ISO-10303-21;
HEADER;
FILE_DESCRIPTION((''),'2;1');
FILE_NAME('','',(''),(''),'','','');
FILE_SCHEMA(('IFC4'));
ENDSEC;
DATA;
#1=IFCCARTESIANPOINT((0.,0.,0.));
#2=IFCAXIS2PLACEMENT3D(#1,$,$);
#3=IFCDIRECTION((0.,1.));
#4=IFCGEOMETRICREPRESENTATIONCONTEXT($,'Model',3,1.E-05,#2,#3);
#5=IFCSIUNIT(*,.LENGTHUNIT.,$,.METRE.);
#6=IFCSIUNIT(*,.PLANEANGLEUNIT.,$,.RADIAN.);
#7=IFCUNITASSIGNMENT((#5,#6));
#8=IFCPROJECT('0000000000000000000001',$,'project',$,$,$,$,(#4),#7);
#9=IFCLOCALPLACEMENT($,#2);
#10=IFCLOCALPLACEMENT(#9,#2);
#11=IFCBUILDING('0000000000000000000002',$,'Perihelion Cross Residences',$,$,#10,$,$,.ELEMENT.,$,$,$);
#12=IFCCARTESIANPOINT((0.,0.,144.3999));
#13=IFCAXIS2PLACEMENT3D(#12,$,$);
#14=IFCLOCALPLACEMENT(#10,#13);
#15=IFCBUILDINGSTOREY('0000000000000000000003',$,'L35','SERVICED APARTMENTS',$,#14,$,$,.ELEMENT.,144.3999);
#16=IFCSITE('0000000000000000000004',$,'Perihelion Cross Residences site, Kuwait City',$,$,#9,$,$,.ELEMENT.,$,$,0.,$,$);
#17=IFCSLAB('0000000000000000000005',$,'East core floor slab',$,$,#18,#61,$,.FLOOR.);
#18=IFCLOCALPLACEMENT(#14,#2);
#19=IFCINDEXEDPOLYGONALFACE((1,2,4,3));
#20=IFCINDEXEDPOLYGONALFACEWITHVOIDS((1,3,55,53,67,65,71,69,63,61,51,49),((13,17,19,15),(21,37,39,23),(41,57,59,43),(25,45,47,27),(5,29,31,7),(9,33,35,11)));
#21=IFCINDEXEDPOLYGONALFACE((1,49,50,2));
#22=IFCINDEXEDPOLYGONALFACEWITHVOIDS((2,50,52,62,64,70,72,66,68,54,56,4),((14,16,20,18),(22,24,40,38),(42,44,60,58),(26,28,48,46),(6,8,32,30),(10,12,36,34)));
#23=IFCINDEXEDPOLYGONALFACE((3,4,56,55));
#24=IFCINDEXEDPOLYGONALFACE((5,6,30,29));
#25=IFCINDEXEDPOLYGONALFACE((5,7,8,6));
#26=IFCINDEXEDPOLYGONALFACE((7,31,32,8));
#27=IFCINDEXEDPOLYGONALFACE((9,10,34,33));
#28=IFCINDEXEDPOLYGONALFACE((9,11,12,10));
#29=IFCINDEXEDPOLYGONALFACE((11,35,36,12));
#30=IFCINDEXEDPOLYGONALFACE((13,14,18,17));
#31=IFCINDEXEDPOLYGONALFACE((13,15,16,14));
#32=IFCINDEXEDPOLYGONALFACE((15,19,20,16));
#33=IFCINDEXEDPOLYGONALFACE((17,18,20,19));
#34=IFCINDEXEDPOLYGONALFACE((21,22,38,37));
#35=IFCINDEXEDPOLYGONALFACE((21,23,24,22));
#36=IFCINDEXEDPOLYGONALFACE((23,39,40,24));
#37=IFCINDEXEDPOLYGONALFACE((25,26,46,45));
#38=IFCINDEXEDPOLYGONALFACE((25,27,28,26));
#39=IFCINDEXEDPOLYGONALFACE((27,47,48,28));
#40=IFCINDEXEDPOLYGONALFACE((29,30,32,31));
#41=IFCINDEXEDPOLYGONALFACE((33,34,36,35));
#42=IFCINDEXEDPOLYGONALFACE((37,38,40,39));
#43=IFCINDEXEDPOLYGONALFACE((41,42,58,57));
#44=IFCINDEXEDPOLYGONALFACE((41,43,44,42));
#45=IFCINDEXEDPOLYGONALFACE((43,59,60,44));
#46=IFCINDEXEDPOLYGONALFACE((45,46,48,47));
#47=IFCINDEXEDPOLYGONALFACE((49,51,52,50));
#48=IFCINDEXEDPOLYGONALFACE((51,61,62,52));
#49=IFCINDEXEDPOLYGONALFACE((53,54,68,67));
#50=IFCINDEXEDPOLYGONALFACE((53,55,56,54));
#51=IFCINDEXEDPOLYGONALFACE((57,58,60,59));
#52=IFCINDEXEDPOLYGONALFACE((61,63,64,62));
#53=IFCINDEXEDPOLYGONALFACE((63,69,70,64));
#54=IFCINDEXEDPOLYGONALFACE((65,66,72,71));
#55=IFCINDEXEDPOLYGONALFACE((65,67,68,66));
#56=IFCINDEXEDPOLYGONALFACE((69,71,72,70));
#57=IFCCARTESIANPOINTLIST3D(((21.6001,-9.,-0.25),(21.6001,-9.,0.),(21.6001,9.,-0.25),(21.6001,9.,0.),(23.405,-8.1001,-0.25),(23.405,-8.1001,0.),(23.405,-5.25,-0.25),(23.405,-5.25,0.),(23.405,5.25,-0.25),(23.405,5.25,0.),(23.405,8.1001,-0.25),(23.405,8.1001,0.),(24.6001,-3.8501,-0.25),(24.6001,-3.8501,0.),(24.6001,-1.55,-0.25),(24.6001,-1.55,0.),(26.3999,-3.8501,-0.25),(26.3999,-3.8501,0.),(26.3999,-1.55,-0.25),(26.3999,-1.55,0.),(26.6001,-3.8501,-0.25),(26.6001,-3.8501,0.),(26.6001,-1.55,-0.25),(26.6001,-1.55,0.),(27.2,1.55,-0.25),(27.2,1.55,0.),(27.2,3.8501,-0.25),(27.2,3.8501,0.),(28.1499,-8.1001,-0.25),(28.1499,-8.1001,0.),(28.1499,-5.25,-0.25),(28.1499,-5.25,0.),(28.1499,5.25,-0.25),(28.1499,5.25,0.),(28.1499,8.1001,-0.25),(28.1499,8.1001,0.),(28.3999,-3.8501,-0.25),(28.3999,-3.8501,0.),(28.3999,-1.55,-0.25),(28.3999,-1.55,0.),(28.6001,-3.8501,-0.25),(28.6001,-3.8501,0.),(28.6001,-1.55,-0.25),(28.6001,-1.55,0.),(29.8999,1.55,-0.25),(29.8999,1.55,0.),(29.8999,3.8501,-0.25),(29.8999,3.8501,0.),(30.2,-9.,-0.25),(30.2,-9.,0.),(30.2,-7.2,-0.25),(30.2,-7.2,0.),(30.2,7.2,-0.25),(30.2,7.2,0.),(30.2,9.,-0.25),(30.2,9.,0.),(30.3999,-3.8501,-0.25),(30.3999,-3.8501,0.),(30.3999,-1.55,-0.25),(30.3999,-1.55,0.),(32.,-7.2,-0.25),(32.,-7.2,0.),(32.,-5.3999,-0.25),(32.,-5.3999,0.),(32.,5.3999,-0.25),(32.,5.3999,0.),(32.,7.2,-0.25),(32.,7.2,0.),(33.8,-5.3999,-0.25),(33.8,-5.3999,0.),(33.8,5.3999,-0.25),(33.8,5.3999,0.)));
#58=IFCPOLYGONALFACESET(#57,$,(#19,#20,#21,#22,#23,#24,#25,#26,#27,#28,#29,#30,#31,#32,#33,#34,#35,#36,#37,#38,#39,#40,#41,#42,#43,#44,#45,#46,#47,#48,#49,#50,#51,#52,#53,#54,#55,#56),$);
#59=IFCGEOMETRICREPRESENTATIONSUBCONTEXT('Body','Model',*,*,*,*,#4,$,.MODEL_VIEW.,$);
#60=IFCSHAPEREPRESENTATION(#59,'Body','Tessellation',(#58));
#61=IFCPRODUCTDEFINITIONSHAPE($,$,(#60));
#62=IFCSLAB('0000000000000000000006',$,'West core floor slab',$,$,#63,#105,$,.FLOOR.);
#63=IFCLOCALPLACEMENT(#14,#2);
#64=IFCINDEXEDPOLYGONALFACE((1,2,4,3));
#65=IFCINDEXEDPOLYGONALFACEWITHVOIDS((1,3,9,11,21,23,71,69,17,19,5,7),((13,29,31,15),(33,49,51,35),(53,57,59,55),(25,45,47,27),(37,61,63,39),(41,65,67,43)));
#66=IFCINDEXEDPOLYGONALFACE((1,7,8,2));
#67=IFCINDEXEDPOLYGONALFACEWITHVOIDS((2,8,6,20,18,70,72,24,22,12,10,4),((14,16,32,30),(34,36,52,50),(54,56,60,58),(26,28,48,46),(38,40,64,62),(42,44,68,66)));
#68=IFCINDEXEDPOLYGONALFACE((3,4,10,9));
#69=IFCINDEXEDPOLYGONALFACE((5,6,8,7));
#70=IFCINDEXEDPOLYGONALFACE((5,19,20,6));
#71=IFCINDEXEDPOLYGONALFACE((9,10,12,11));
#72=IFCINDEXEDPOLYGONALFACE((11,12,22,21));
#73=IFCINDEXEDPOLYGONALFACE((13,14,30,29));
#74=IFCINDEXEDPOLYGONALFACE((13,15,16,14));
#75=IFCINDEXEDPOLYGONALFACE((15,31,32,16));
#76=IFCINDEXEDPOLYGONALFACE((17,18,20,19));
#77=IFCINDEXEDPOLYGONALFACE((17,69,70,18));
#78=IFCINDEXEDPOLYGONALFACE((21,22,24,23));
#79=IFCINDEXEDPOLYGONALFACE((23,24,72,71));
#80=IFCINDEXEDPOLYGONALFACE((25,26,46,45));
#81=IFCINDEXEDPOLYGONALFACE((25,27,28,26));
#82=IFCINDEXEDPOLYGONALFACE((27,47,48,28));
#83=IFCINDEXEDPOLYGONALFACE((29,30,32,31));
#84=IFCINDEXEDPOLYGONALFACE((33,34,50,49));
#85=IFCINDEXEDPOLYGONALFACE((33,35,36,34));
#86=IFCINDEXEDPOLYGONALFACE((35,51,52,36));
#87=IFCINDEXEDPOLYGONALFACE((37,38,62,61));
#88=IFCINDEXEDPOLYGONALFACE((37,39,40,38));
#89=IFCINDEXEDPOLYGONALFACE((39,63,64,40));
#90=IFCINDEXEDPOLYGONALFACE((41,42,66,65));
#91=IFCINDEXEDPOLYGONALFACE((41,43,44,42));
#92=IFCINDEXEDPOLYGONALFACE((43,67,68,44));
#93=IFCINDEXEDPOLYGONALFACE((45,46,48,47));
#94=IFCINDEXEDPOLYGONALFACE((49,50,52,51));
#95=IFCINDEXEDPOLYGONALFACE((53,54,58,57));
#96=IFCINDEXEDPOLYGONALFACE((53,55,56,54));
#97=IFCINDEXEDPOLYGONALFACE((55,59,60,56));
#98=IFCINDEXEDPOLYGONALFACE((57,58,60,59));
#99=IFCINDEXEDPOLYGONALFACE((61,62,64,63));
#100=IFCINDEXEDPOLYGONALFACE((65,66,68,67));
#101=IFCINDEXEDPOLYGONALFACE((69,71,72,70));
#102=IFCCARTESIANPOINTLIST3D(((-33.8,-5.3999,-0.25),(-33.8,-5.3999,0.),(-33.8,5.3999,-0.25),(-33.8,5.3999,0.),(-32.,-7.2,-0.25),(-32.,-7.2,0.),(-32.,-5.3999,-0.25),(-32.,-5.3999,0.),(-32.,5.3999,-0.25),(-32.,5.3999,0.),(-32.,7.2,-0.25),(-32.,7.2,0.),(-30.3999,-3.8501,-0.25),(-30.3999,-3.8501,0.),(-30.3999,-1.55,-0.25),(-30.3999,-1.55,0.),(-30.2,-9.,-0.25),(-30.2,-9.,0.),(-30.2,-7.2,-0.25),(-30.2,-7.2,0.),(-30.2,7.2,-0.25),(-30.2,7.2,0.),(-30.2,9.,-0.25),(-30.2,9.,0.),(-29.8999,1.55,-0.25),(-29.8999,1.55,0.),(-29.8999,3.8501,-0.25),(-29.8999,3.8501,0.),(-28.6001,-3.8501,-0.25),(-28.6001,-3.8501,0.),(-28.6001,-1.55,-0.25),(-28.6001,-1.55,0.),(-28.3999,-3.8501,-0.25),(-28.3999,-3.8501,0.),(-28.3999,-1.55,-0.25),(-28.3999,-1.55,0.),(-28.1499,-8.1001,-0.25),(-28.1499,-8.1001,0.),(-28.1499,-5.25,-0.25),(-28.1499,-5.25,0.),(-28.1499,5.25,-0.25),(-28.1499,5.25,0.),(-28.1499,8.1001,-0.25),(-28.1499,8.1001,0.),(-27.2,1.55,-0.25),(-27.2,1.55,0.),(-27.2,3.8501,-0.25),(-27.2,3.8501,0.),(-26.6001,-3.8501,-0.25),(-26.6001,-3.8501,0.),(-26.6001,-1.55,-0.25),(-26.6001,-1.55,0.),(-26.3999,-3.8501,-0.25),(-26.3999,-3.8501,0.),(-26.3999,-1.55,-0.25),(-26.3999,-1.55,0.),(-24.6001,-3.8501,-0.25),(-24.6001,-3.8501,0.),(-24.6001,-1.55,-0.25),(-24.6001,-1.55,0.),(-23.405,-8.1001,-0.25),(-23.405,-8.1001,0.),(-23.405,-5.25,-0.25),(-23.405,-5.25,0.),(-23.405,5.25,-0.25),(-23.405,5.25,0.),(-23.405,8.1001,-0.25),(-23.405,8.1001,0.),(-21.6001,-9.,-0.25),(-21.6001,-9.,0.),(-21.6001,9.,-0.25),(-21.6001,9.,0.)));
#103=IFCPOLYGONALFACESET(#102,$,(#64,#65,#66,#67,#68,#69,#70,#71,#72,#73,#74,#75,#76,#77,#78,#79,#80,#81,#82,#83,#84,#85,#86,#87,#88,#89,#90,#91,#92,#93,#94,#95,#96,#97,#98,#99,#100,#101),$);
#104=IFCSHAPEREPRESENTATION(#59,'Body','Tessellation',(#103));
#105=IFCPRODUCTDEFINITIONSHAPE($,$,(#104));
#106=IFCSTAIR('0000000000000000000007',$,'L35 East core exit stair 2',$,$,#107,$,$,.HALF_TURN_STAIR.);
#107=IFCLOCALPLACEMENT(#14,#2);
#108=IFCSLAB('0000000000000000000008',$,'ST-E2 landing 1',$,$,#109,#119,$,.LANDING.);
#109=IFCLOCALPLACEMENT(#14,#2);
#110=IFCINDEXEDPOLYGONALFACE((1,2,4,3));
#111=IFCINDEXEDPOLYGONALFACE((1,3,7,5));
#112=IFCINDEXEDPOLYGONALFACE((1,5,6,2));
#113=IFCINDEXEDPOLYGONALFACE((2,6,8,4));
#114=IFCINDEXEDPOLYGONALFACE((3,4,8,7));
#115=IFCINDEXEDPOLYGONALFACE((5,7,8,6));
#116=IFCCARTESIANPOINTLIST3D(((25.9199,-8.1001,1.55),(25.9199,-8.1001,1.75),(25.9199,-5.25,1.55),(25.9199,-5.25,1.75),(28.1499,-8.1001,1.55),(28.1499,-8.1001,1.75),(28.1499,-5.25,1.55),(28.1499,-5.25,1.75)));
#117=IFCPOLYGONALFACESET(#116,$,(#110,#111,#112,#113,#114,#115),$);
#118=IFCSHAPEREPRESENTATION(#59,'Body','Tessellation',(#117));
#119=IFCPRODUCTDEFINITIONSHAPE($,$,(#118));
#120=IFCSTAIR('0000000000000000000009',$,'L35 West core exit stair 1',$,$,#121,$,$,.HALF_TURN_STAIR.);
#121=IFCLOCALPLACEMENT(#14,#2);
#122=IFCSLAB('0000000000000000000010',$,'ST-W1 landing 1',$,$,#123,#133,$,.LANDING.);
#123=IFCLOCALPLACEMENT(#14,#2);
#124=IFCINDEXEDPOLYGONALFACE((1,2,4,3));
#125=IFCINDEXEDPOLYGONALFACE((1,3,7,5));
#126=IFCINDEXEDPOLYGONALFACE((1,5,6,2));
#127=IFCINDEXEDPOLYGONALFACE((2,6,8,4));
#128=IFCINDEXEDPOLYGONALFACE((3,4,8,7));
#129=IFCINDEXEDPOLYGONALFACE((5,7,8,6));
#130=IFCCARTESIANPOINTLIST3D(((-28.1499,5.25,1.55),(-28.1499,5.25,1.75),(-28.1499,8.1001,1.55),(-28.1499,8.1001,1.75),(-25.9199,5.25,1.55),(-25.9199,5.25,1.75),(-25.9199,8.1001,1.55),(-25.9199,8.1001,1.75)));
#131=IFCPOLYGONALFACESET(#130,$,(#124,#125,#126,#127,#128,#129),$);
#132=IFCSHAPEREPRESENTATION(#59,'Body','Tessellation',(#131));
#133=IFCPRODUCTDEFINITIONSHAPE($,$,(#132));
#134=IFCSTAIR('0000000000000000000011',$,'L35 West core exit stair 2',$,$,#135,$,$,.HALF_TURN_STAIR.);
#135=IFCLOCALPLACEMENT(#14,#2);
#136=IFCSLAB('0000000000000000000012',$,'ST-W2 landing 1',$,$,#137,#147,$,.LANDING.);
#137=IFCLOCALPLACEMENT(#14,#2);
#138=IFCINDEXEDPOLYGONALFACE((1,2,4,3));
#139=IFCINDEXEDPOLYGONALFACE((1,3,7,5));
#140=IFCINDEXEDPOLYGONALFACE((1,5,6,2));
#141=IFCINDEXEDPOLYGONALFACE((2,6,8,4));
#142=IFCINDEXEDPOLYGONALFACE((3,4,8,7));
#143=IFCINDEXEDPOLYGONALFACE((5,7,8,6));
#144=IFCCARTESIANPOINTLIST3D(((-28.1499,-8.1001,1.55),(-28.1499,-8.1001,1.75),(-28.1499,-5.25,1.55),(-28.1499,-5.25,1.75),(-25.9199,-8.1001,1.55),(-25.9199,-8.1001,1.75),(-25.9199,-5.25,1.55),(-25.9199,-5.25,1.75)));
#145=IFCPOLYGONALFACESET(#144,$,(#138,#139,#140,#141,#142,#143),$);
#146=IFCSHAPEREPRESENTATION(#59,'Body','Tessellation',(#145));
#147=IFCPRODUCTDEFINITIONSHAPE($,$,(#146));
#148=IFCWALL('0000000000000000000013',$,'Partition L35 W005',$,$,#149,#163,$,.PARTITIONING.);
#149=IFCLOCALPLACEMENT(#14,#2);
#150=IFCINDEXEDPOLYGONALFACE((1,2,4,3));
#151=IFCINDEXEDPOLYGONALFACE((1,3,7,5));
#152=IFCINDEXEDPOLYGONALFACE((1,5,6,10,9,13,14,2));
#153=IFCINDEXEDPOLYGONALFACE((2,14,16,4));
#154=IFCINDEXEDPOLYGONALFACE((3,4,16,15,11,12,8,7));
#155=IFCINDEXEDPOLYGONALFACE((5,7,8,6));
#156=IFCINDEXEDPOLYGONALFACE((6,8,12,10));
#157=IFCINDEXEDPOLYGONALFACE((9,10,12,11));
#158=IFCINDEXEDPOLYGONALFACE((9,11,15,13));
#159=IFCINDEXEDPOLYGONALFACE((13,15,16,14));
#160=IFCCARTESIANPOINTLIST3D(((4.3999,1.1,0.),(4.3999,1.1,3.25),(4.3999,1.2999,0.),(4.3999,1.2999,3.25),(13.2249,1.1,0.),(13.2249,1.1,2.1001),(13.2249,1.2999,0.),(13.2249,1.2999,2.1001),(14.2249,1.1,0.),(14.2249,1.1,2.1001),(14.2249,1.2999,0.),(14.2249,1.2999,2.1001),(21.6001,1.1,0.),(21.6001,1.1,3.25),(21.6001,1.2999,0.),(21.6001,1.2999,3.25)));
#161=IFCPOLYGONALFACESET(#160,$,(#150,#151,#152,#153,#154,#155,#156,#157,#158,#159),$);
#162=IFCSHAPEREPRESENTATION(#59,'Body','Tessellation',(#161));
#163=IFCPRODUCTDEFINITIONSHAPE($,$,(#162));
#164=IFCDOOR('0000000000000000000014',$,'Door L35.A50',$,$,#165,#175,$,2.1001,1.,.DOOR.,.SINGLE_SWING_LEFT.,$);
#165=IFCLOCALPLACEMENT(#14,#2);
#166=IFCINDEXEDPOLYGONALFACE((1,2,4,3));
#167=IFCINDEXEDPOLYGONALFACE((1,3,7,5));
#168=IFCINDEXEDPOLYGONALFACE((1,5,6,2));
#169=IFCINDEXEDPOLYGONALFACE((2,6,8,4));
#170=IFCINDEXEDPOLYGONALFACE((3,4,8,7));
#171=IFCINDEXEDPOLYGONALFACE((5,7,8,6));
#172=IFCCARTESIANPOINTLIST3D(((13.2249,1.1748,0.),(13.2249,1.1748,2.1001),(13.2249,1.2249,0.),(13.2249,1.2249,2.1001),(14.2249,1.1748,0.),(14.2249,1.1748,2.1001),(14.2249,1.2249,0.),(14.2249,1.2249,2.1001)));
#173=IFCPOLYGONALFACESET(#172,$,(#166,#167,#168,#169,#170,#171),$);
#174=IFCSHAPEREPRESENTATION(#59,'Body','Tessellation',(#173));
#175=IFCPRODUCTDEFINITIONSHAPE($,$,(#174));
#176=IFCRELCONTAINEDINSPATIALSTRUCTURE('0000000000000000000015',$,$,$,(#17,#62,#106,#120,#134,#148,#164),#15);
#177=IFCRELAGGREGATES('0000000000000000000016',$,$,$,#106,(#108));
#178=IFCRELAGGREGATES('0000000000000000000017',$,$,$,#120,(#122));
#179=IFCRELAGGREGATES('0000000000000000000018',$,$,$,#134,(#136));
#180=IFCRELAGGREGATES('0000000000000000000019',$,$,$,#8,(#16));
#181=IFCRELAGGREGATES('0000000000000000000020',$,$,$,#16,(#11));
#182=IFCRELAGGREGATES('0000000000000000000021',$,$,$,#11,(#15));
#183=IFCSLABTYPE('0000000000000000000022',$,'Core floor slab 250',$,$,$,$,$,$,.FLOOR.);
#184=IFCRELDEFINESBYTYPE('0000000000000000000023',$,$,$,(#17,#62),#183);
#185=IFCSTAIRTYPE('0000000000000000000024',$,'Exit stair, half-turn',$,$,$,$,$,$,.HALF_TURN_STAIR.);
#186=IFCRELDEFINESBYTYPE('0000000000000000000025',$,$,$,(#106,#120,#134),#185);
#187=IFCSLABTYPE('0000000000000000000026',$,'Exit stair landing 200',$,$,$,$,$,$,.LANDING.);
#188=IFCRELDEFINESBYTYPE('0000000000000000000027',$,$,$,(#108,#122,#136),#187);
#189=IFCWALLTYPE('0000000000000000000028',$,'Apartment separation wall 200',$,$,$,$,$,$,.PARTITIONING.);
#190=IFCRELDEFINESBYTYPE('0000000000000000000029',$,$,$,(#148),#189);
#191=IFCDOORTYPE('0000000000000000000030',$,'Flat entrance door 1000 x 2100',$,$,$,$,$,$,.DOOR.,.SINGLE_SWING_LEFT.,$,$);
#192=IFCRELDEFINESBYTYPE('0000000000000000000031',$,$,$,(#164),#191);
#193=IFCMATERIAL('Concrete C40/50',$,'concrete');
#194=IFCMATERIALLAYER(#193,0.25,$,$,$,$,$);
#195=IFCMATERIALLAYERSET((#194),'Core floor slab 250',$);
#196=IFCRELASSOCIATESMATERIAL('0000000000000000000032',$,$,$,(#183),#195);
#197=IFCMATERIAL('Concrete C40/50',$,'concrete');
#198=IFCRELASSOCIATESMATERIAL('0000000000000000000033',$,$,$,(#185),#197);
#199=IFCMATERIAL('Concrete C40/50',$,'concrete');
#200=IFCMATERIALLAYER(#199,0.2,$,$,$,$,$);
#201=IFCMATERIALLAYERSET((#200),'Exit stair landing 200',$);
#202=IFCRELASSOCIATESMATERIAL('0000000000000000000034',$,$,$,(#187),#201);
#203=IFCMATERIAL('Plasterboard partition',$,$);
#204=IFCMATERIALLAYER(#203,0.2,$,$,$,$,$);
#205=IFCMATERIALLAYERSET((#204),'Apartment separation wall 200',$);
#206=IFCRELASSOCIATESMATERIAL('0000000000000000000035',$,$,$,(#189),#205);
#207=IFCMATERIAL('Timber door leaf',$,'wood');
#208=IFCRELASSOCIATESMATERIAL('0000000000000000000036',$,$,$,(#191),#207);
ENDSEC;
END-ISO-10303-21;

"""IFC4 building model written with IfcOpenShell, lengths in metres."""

from ifc_helpers import new_model, si_unit, direction, frame, frame_2d, origin, place, context, subcontext, project, spatial, polyline, rectangle, outline, extrude, material, layer, layer_set, type_object, element, fill, aggregate, save


model = new_model("IFC4")

# Units and contexts
model_context = context("Model", 3, precision=1e-05, world=origin(), true_north=direction((0.0, 1.0)))
body_context = subcontext(model_context, "Body", "Model", "MODEL_VIEW")
ifc_project = project(units=[si_unit("LENGTHUNIT", "METRE"), si_unit("PLANEANGLEUNIT", "RADIAN")], contexts=[model_context])

# Site, building, storey
site_placement = place(None, origin())
site = spatial("IfcSite", under=ifc_project, at=site_placement, Name="Perihelion Cross Residences site, Kuwait City", CompositionType="ELEMENT", RefElevation=0.0)
building_placement = place(site_placement, origin())
building = spatial("IfcBuilding", under=site, at=building_placement, Name="Perihelion Cross Residences", CompositionType="ELEMENT")
storey_placement = place(building_placement, frame((0.0, 0.0, 144.3999)))
storey = spatial("IfcBuildingStorey", under=building, at=storey_placement, Name="L35", Description="SERVICED APARTMENTS", CompositionType="ELEMENT", Elevation=144.3999)

# Slabs
ifc_material_1 = material(Name="Concrete C40/50", Category="concrete")
ifc_layer_1 = layer(ifc_material_1, 0.25)
ifc_layer_set_1 = layer_set([ifc_layer_1], Name="Core floor slab 250")
slab_type_1 = type_object("IfcSlabType", Name="Core floor slab 250", PredefinedType="FLOOR", material=ifc_layer_set_1)
slab_1_placement = place(storey_placement, frame((0.0, 0.0, -0.25)))
element("IfcSlab", 1, at=slab_1_placement, inside=storey, type_object=slab_type_1, Name="East core floor slab", PredefinedType="FLOOR", context=body_context, shape_type="SweptSolid", body=[
    extrude(outline(polyline([(30.2, 7.2), (32.0, 7.2), (32.0, 5.3999), (33.8, 5.3999), (33.8, -5.3999), (32.0, -5.3999), (32.0, -7.2), (30.2, -7.2), (30.2, -9.0), (21.6001, -9.0), (21.6001, 9.0), (30.2, 9.0), (30.2, 7.2)]), holes=[polyline([(28.1499, -8.1001), (28.1499, -5.25), (23.405, -5.25), (23.405, -8.1001), (28.1499, -8.1001)]), polyline([(24.6001, -1.55), (24.6001, -3.8501), (26.3999, -3.8501), (26.3999, -1.55), (24.6001, -1.55)]), polyline([(26.6001, -1.55), (26.6001, -3.8501), (28.3999, -3.8501), (28.3999, -1.55), (26.6001, -1.55)]), polyline([(28.6001, -3.8501), (30.3999, -3.8501), (30.3999, -1.55), (28.6001, -1.55), (28.6001, -3.8501)]), polyline([(27.2, 3.8501), (27.2, 1.55), (29.8999, 1.55), (29.8999, 3.8501), (27.2, 3.8501)]), polyline([(23.405, 5.25), (28.1499, 5.25), (28.1499, 8.1001), (23.405, 8.1001), (23.405, 5.25)])]), origin(), (0.0, 0.0, 1.0), 0.25),
])
slab_2_placement = place(storey_placement, frame((0.0, 0.0, -0.25)))
element("IfcSlab", 2, at=slab_2_placement, inside=storey, type_object=slab_type_1, Name="West core floor slab", PredefinedType="FLOOR", context=body_context, shape_type="SweptSolid", body=[
    extrude(outline(polyline([(-30.2, 7.2), (-32.0, 7.2), (-32.0, 5.3999), (-33.8, 5.3999), (-33.8, -5.3999), (-32.0, -5.3999), (-32.0, -7.2), (-30.2, -7.2), (-30.2, -9.0), (-21.6001, -9.0), (-21.6001, 9.0), (-30.2, 9.0), (-30.2, 7.2)]), holes=[polyline([(-28.1499, -8.1001), (-28.1499, -5.25), (-23.405, -5.25), (-23.405, -8.1001), (-28.1499, -8.1001)]), polyline([(-24.6001, -1.55), (-24.6001, -3.8501), (-26.3999, -3.8501), (-26.3999, -1.55), (-24.6001, -1.55)]), polyline([(-26.6001, -1.55), (-26.6001, -3.8501), (-28.3999, -3.8501), (-28.3999, -1.55), (-26.6001, -1.55)]), polyline([(-28.6001, -3.8501), (-30.3999, -3.8501), (-30.3999, -1.55), (-28.6001, -1.55), (-28.6001, -3.8501)]), polyline([(-27.2, 3.8501), (-27.2, 1.55), (-29.8999, 1.55), (-29.8999, 3.8501), (-27.2, 3.8501)]), polyline([(-23.405, 5.25), (-28.1499, 5.25), (-28.1499, 8.1001), (-23.405, 8.1001), (-23.405, 5.25)])]), origin(), (0.0, 0.0, 1.0), 0.25),
])

# Stairs, slabs
ifc_material_2 = material(Name="Concrete C40/50", Category="concrete")
stair_type = type_object("IfcStairType", Name="Exit stair, half-turn", PredefinedType="HALF_TURN_STAIR", material=ifc_material_2)
stair_1_placement = place(storey_placement, origin())
stair_1 = element("IfcStair", 3, at=stair_1_placement, inside=storey, type_object=stair_type, Name="L35 East core exit stair 2", PredefinedType="HALF_TURN_STAIR")
ifc_material_3 = material(Name="Concrete C40/50", Category="concrete")
ifc_layer_2 = layer(ifc_material_3, 0.2)
ifc_layer_set_2 = layer_set([ifc_layer_2], Name="Exit stair landing 200")
slab_type_2 = type_object("IfcSlabType", Name="Exit stair landing 200", PredefinedType="LANDING", material=ifc_layer_set_2)
slab_3_placement = place(storey_placement, frame((0.0, 0.0, 1.55)))
slab_3 = element("IfcSlab", 4, at=slab_3_placement, type_object=slab_type_2, Name="ST-E2 landing 1", PredefinedType="LANDING", context=body_context, shape_type="SweptSolid", body=[
    extrude(outline(polyline([(25.9199, -8.1001), (28.1499, -8.1001), (28.1499, -5.25), (25.9199, -5.25), (25.9199, -8.1001)])), origin(), (0.0, 0.0, 1.0), 0.2),
])
aggregate(stair_1, [slab_3])
stair_2_placement = place(storey_placement, origin())
stair_2 = element("IfcStair", 5, at=stair_2_placement, inside=storey, type_object=stair_type, Name="L35 West core exit stair 1", PredefinedType="HALF_TURN_STAIR")
slab_4_placement = place(storey_placement, frame((0.0, 0.0, 1.55)))
slab_4 = element("IfcSlab", 6, at=slab_4_placement, type_object=slab_type_2, Name="ST-W1 landing 1", PredefinedType="LANDING", context=body_context, shape_type="SweptSolid", body=[
    extrude(outline(polyline([(-25.9199, 8.1001), (-28.1499, 8.1001), (-28.1499, 5.25), (-25.9199, 5.25), (-25.9199, 8.1001)])), origin(), (0.0, 0.0, 1.0), 0.2),
])
aggregate(stair_2, [slab_4])
stair_3_placement = place(storey_placement, origin())
stair_3 = element("IfcStair", 7, at=stair_3_placement, inside=storey, type_object=stair_type, Name="L35 West core exit stair 2", PredefinedType="HALF_TURN_STAIR")
slab_5_placement = place(storey_placement, frame((0.0, 0.0, 1.55)))
slab_5 = element("IfcSlab", 8, at=slab_5_placement, type_object=slab_type_2, Name="ST-W2 landing 1", PredefinedType="LANDING", context=body_context, shape_type="SweptSolid", body=[
    extrude(outline(polyline([(-25.9199, -5.25), (-28.1499, -5.25), (-28.1499, -8.1001), (-25.9199, -8.1001), (-25.9199, -5.25)])), origin(), (0.0, 0.0, 1.0), 0.2),
])
aggregate(stair_3, [slab_5])

# Wall, opening, door
ifc_material_4 = material(Name="Plasterboard partition")
ifc_layer_3 = layer(ifc_material_4, 0.2)
ifc_layer_set_3 = layer_set([ifc_layer_3], Name="Apartment separation wall 200")
wall_type_1 = type_object("IfcWallType", Name="Apartment separation wall 200", PredefinedType="PARTITIONING", material=ifc_layer_set_3)
wall_1_placement = place(storey_placement, frame((4.3999, 1.2, 0.0), z_axis=(0.0, 0.0, 1.0), x_axis=(1.0, 0.0, 0.0)))
wall_1 = element("IfcWall", 9, at=wall_1_placement, inside=storey, type_object=wall_type_1, Name="Partition L35 W005", PredefinedType="PARTITIONING", context=body_context, shape_type="SweptSolid", body=[
    extrude(rectangle(XDim=17.2002, YDim=0.2, at=frame_2d((8.6001, 0.0))), origin(), (0.0, 0.0, 1.0), 3.25),
])
opening_1_placement = place(wall_1_placement, frame((8.825, 0.0, 0.0)))
opening_1 = element("IfcOpeningElement", 10, at=opening_1_placement, cuts=wall_1, PredefinedType="OPENING", context=body_context, shape_type="SweptSolid", body=[
    extrude(rectangle(XDim=1.0, YDim=2.1001, at=frame_2d((0.5, 1.05))), frame((0.0, 0.1099, 0.0), z_axis=(0.0, -1.0, 0.0), x_axis=(1.0, 0.0, 0.0)), (0.0, 0.0, 1.0), 0.22),
])
ifc_material_5 = material(Name="Timber door leaf", Category="wood")
door_type_1 = type_object("IfcDoorType", Name="Flat entrance door 1000 x 2100", OperationType="SINGLE_SWING_LEFT", PredefinedType="DOOR", material=ifc_material_5)
door_1_placement = place(opening_1_placement, origin())
door_1 = element("IfcDoor", 11, at=door_1_placement, inside=storey, type_object=door_type_1, Name="Door L35.A50", OperationType="SINGLE_SWING_LEFT", OverallHeight=2.1001, OverallWidth=1.0, PredefinedType="DOOR", context=body_context, shape_type="SweptSolid", body=[
    extrude(rectangle(XDim=1.0, YDim=2.1001, at=frame_2d((0.5, 1.05))), frame((0.0, 0.0249, 0.0), z_axis=(0.0, -1.0, 0.0), x_axis=(1.0, 0.0, 0.0)), (0.0, 0.0, 1.0), 0.05),
])
fill(opening_1, door_1)

save(model, "model.ifc")
